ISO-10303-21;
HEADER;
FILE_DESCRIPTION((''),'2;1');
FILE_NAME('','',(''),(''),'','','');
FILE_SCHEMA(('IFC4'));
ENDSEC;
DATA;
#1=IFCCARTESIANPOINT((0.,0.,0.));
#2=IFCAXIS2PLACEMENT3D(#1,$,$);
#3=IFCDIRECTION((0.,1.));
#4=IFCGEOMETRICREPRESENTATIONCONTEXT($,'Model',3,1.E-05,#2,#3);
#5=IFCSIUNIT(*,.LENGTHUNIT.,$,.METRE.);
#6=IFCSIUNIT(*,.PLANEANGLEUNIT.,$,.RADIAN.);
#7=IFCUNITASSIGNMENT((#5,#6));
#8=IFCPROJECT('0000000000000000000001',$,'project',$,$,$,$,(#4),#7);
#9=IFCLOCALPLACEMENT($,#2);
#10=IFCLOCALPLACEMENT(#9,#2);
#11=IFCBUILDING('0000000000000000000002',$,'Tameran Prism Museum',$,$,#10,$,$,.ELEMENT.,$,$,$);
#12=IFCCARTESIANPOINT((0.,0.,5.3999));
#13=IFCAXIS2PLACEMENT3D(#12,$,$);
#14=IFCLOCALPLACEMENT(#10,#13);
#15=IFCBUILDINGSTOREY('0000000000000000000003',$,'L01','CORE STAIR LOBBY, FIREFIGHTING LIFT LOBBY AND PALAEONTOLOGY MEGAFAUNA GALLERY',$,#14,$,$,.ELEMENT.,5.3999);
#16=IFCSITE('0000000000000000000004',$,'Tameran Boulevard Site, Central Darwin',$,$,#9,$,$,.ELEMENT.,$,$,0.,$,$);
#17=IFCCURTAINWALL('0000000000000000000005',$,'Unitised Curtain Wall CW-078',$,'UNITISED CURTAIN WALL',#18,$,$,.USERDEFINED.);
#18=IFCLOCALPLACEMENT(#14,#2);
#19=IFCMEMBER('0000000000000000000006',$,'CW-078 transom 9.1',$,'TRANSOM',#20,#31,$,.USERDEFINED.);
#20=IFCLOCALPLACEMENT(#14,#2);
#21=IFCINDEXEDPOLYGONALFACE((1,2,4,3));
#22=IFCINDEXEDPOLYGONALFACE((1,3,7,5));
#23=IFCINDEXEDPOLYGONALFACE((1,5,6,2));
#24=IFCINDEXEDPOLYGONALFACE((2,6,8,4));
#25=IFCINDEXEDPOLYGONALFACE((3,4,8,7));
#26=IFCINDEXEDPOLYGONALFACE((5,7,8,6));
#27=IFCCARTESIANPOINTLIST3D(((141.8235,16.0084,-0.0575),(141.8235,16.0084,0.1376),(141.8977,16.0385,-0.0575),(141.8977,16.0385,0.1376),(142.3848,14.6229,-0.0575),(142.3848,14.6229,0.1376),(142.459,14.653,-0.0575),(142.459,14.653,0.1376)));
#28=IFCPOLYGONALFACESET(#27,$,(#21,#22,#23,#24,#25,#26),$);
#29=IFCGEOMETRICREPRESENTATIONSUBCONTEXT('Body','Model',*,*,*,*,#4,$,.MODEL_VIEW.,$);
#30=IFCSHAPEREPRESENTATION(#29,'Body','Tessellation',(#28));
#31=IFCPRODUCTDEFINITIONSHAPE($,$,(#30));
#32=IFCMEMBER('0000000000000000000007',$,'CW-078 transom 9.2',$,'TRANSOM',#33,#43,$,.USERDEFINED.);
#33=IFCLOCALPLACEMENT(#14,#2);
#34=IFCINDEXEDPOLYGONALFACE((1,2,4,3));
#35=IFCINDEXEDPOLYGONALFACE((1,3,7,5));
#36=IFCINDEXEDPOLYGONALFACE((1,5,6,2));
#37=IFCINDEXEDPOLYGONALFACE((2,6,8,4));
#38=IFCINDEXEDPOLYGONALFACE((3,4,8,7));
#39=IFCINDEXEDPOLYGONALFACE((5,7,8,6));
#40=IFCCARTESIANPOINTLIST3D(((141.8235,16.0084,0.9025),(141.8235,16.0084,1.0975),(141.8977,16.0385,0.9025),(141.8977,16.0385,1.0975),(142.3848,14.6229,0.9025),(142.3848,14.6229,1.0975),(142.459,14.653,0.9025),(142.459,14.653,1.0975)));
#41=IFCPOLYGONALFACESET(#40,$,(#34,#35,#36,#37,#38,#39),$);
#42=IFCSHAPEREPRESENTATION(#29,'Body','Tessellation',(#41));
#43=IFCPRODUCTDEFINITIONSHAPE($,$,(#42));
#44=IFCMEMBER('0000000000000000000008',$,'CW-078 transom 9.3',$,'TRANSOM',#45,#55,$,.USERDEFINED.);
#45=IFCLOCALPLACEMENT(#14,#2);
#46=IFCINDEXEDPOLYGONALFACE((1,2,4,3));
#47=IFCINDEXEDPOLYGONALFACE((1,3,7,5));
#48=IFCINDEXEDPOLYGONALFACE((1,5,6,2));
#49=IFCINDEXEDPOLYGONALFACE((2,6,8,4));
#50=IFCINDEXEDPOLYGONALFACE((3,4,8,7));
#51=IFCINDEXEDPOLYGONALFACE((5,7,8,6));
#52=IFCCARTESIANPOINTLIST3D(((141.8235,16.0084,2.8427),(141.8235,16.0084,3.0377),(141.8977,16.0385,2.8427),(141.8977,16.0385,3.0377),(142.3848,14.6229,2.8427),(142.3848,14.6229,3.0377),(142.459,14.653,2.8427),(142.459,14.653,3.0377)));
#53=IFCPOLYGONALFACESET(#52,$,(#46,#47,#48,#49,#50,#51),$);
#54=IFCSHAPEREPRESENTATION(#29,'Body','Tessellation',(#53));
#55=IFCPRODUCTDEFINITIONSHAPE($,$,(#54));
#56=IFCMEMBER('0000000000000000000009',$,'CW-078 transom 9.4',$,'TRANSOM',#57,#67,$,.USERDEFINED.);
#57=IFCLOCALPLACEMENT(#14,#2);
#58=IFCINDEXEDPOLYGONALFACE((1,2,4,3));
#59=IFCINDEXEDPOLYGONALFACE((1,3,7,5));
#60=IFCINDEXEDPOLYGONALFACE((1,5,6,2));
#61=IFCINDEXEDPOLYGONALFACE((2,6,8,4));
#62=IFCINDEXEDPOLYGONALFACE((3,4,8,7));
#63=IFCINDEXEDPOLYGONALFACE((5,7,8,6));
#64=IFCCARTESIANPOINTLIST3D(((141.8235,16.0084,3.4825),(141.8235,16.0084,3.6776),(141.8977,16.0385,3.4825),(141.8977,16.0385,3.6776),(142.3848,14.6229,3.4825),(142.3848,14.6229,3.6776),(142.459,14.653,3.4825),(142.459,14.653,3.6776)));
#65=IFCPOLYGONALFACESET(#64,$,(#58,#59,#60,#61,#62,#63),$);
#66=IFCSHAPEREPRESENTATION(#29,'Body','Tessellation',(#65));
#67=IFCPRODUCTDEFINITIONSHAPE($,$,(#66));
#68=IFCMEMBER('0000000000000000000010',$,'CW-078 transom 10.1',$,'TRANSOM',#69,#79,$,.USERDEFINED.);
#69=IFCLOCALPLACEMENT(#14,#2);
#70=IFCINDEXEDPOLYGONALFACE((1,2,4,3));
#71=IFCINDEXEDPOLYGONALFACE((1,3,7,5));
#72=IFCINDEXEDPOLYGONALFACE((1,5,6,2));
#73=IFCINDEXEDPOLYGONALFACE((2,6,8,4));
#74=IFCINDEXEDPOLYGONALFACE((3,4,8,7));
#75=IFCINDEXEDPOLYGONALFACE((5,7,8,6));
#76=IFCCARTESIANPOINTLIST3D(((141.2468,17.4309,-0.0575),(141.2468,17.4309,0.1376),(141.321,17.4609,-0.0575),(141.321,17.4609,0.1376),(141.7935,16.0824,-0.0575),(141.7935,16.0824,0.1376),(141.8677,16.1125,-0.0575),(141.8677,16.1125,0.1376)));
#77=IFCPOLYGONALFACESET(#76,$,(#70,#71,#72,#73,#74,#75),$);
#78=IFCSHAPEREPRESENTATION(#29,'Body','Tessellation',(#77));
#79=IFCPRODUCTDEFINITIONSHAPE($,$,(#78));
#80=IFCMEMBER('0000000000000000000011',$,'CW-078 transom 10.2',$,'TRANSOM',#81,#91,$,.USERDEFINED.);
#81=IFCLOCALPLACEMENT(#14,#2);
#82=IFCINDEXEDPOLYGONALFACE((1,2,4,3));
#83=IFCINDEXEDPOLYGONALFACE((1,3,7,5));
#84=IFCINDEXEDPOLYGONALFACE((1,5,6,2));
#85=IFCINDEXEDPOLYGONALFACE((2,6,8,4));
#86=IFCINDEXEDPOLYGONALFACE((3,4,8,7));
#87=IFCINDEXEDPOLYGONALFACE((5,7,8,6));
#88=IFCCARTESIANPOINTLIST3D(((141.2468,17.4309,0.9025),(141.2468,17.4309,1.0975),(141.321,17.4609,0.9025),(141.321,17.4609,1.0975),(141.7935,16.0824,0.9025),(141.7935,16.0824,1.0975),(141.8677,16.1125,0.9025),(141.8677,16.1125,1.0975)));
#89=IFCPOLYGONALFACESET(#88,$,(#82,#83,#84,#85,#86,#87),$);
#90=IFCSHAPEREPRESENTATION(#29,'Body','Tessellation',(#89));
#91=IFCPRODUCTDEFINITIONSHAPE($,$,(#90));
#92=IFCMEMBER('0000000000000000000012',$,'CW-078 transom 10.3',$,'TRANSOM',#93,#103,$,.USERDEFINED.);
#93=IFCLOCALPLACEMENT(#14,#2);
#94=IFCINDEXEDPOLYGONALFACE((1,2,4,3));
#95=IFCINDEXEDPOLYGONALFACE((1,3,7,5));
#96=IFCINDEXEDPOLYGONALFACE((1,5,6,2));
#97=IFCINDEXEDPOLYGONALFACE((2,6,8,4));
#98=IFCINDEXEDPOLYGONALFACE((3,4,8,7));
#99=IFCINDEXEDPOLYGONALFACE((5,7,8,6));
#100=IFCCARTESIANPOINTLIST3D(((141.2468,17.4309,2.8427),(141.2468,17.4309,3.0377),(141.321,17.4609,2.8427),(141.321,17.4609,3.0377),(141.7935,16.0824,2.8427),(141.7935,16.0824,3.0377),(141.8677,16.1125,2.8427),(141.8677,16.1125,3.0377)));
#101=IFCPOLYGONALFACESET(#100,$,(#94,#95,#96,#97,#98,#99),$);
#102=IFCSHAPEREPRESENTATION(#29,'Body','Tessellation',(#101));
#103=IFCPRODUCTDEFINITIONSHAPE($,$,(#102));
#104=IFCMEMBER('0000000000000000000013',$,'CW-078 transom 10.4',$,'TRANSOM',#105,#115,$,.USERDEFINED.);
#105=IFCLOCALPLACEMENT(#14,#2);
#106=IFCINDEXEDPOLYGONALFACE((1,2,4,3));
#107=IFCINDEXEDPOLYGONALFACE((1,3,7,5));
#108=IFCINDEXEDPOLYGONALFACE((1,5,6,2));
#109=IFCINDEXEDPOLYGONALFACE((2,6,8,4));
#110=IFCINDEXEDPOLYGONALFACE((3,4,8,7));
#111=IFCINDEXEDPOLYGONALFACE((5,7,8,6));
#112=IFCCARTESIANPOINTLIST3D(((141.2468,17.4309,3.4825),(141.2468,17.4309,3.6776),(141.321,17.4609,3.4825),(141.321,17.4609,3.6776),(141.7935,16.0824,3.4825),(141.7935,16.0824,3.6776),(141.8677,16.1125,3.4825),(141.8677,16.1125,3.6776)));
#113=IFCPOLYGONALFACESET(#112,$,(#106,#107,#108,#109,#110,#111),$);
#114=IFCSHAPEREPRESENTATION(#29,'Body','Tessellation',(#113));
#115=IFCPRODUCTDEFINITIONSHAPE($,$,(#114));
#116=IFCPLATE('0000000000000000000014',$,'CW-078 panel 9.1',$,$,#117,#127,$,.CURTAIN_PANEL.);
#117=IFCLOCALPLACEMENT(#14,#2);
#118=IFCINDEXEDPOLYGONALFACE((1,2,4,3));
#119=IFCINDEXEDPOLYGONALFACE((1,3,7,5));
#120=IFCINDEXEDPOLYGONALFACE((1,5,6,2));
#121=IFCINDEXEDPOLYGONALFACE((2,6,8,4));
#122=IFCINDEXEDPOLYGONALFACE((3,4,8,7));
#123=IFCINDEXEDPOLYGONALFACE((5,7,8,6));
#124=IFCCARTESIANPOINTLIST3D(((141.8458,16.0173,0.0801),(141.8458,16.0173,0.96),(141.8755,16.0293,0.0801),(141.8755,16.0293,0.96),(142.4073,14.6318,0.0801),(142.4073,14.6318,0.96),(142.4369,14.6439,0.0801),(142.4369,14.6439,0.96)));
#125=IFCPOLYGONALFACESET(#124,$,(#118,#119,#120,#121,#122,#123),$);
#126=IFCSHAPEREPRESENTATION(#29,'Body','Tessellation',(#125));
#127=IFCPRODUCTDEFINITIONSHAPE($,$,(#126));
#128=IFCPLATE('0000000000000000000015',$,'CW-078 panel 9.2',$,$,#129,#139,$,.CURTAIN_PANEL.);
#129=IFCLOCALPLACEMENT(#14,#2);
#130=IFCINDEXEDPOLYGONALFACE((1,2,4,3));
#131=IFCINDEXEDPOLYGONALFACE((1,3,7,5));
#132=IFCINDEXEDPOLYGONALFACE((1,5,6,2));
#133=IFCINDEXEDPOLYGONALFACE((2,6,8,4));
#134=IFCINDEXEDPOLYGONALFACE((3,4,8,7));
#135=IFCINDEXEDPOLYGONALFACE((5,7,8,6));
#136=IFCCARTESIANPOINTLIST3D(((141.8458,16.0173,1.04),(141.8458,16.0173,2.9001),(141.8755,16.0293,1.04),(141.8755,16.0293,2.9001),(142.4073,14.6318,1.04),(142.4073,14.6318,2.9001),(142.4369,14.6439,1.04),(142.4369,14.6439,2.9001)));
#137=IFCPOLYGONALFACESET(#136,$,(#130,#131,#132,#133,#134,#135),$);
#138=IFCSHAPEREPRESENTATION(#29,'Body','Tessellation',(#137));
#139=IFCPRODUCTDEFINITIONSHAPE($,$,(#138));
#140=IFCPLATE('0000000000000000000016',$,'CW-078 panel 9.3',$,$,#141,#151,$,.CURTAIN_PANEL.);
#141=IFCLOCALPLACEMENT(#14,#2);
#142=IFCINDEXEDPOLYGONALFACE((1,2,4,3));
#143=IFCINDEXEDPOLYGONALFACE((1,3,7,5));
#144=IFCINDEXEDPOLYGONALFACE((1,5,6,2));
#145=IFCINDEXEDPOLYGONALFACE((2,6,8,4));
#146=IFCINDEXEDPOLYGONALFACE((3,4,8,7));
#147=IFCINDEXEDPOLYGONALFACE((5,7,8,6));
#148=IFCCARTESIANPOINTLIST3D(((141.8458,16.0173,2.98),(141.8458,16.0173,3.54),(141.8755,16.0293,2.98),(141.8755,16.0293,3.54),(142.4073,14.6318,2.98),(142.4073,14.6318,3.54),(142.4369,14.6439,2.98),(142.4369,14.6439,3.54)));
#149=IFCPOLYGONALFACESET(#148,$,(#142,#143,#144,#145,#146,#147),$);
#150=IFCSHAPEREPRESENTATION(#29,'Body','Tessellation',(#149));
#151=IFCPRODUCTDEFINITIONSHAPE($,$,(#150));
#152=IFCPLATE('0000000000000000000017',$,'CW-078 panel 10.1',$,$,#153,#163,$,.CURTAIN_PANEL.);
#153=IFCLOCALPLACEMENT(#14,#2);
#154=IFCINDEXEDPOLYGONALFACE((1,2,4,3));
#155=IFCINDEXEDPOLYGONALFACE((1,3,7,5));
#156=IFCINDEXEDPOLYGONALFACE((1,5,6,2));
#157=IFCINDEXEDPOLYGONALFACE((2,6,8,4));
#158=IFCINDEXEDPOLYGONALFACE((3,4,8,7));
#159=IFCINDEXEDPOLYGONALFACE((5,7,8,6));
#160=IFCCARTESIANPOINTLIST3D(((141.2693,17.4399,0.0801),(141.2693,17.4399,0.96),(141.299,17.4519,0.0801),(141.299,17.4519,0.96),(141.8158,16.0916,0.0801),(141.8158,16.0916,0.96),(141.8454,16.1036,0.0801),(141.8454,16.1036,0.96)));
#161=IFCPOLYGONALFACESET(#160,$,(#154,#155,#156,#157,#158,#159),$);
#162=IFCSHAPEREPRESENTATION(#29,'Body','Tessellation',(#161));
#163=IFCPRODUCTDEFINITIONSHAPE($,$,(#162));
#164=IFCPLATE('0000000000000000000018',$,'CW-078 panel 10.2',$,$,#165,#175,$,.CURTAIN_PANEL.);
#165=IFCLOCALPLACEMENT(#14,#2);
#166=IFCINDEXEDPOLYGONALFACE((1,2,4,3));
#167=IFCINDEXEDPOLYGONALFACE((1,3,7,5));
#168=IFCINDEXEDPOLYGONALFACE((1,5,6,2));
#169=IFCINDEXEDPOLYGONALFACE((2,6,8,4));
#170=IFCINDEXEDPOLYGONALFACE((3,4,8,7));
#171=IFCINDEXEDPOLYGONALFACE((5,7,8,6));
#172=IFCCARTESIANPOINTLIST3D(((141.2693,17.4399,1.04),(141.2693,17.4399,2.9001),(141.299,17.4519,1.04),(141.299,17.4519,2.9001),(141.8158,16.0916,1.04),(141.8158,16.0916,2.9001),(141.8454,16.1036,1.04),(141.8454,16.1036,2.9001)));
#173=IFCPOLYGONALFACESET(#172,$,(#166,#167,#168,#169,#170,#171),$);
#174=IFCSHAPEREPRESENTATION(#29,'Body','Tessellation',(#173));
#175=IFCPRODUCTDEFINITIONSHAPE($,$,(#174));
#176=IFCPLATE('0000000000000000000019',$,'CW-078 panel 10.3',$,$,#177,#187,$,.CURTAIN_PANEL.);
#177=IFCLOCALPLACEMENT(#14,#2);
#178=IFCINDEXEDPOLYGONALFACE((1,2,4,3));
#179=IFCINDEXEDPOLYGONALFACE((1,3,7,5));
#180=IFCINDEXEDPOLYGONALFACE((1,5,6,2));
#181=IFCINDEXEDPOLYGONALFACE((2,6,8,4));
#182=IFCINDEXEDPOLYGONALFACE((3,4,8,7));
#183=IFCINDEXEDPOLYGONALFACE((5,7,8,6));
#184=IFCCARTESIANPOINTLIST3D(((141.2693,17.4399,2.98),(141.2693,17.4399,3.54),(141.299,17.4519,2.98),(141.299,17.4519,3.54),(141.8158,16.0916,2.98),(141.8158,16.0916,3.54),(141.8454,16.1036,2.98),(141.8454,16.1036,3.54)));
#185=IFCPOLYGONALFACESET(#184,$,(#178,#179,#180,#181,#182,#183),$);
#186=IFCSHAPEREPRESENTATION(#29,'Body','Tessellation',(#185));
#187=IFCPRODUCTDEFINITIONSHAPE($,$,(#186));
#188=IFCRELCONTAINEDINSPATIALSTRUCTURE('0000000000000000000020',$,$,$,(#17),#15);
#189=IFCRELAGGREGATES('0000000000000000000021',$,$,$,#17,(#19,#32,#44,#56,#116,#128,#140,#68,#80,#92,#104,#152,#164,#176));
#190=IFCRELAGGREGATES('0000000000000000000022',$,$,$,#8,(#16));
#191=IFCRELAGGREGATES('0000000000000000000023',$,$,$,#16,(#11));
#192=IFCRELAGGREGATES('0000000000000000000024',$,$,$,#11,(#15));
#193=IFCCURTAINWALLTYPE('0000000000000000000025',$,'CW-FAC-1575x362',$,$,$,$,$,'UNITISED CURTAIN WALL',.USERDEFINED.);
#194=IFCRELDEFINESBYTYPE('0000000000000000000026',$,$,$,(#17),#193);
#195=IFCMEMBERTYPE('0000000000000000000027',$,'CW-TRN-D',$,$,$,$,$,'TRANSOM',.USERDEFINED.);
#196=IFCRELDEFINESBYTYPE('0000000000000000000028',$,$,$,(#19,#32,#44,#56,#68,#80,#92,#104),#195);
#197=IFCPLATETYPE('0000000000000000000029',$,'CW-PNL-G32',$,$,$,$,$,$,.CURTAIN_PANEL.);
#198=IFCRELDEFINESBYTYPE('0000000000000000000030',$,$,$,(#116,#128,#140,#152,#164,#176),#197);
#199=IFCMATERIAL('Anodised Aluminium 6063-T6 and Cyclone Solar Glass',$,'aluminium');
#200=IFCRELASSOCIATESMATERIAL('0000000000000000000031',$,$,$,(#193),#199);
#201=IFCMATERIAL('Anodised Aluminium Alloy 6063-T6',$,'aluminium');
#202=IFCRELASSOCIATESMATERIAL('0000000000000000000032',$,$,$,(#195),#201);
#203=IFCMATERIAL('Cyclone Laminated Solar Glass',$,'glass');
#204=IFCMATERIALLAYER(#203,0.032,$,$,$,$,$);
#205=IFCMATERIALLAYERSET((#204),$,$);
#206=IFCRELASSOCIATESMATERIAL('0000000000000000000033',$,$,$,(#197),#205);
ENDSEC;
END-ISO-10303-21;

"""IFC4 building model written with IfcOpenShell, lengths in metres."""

from ifc_helpers import new_model, si_unit, direction, frame, origin, origin_2d, place, context, subcontext, project, spatial, rectangle, extrude, material, layer, layer_set, material_profile, profile_set, type_object, element, aggregate, save


model = new_model("IFC4")

# Units and contexts
model_context = context("Model", 3, precision=1e-05, world=origin(), true_north=direction((0.0, 1.0)))
body_context = subcontext(model_context, "Body", "Model", "MODEL_VIEW")
ifc_project = project(units=[si_unit("LENGTHUNIT", "METRE"), si_unit("PLANEANGLEUNIT", "RADIAN")], contexts=[model_context])

# Site, building, storey
site_placement = place(None, origin())
site = spatial("IfcSite", under=ifc_project, at=site_placement, Name="Tameran Boulevard Site, Central Darwin", CompositionType="ELEMENT", RefElevation=0.0)
building_placement = place(site_placement, origin())
building = spatial("IfcBuilding", under=site, at=building_placement, Name="Tameran Prism Museum", CompositionType="ELEMENT")
storey_placement = place(building_placement, frame((0.0, 0.0, 5.3999)))
storey = spatial("IfcBuildingStorey", under=building, at=storey_placement, Name="L01", Description="CORE STAIR LOBBY, FIREFIGHTING LIFT LOBBY AND PALAEONTOLOGY MEGAFAUNA GALLERY", CompositionType="ELEMENT", Elevation=5.3999)

# Curtain wall, members, plates
ifc_material_1 = material(Name="Anodised Aluminium 6063-T6 and Cyclone Solar Glass", Category="aluminium")
curtain_wall_type = type_object("IfcCurtainWallType", Name="CW-FAC-1575x362", ElementType="UNITISED CURTAIN WALL", PredefinedType="USERDEFINED", material=ifc_material_1)
curtain_wall_placement = place(storey_placement, origin())
curtain_wall = element("IfcCurtainWall", 1, at=curtain_wall_placement, inside=storey, type_object=curtain_wall_type, Name="Unitised Curtain Wall CW-078", ObjectType="UNITISED CURTAIN WALL", PredefinedType="USERDEFINED")
ifc_material_2 = material(Name="Anodised Aluminium Alloy 6063-T6", Category="aluminium")
ifc_material_profile_1 = material_profile(ifc_material_2, rectangle(XDim=0.0801, YDim=0.1951, at=origin_2d()))
ifc_profile_set_1 = profile_set([ifc_material_profile_1])
member_type_1 = type_object("IfcMemberType", Name="CW-TRN-D", ElementType="TRANSOM", PredefinedType="USERDEFINED", material=ifc_profile_set_1)
member_1_placement = place(storey_placement, frame((142.4219, 14.6379, 0.04), z_axis=(-0.37547, 0.926835, 0.0), x_axis=(-0.926835, -0.37547, 0.0)))
member_1 = element("IfcMember", 2, at=member_1_placement, type_object=member_type_1, Name="CW-078 transom 9.1", ObjectType="TRANSOM", PredefinedType="USERDEFINED", context=body_context, shape_type="SweptSolid", body=[
    extrude(rectangle(XDim=0.0801, YDim=0.1951, at=origin_2d()), origin(), (0.0, 0.0, 1.0), 1.4949),
])
member_2_placement = place(storey_placement, frame((142.4219, 14.6379, 1.0), z_axis=(-0.37547, 0.926835, 0.0), x_axis=(-0.926835, -0.37547, 0.0)))
member_2 = element("IfcMember", 3, at=member_2_placement, type_object=member_type_1, Name="CW-078 transom 9.2", ObjectType="TRANSOM", PredefinedType="USERDEFINED", context=body_context, shape_type="SweptSolid", body=[
    extrude(rectangle(XDim=0.0801, YDim=0.1951, at=origin_2d()), origin(), (0.0, 0.0, 1.0), 1.4949),
])
member_3_placement = place(storey_placement, frame((142.4219, 14.6379, 2.9402), z_axis=(-0.37547, 0.926835, 0.0), x_axis=(-0.926835, -0.37547, 0.0)))
member_3 = element("IfcMember", 4, at=member_3_placement, type_object=member_type_1, Name="CW-078 transom 9.3", ObjectType="TRANSOM", PredefinedType="USERDEFINED", context=body_context, shape_type="SweptSolid", body=[
    extrude(rectangle(XDim=0.0801, YDim=0.1951, at=origin_2d()), origin(), (0.0, 0.0, 1.0), 1.4949),
])
member_4_placement = place(storey_placement, frame((142.4219, 14.6379, 3.5801), z_axis=(-0.37547, 0.926835, 0.0), x_axis=(-0.926835, -0.37547, 0.0)))
member_4 = element("IfcMember", 5, at=member_4_placement, type_object=member_type_1, Name="CW-078 transom 9.4", ObjectType="TRANSOM", PredefinedType="USERDEFINED", context=body_context, shape_type="SweptSolid", body=[
    extrude(rectangle(XDim=0.0801, YDim=0.1951, at=origin_2d()), origin(), (0.0, 0.0, 1.0), 1.4949),
])
member_5_placement = place(storey_placement, frame((141.8306, 16.0974, 0.04), z_axis=(-0.375697, 0.926742, 0.0), x_axis=(-0.926742, -0.375697, 0.0)))
member_5 = element("IfcMember", 6, at=member_5_placement, type_object=member_type_1, Name="CW-078 transom 10.1", ObjectType="TRANSOM", PredefinedType="USERDEFINED", context=body_context, shape_type="SweptSolid", body=[
    extrude(rectangle(XDim=0.0801, YDim=0.1951, at=origin_2d()), origin(), (0.0, 0.0, 1.0), 1.4551),
])
member_6_placement = place(storey_placement, frame((141.8306, 16.0974, 1.0), z_axis=(-0.375697, 0.926742, 0.0), x_axis=(-0.926742, -0.375697, 0.0)))
member_6 = element("IfcMember", 7, at=member_6_placement, type_object=member_type_1, Name="CW-078 transom 10.2", ObjectType="TRANSOM", PredefinedType="USERDEFINED", context=body_context, shape_type="SweptSolid", body=[
    extrude(rectangle(XDim=0.0801, YDim=0.1951, at=origin_2d()), origin(), (0.0, 0.0, 1.0), 1.4551),
])
member_7_placement = place(storey_placement, frame((141.8306, 16.0974, 2.9402), z_axis=(-0.375697, 0.926742, 0.0), x_axis=(-0.926742, -0.375697, 0.0)))
member_7 = element("IfcMember", 8, at=member_7_placement, type_object=member_type_1, Name="CW-078 transom 10.3", ObjectType="TRANSOM", PredefinedType="USERDEFINED", context=body_context, shape_type="SweptSolid", body=[
    extrude(rectangle(XDim=0.0801, YDim=0.1951, at=origin_2d()), origin(), (0.0, 0.0, 1.0), 1.4551),
])
member_8_placement = place(storey_placement, frame((141.8306, 16.0974, 3.5801), z_axis=(-0.375697, 0.926742, 0.0), x_axis=(-0.926742, -0.375697, 0.0)))
member_8 = element("IfcMember", 9, at=member_8_placement, type_object=member_type_1, Name="CW-078 transom 10.4", ObjectType="TRANSOM", PredefinedType="USERDEFINED", context=body_context, shape_type="SweptSolid", body=[
    extrude(rectangle(XDim=0.0801, YDim=0.1951, at=origin_2d()), origin(), (0.0, 0.0, 1.0), 1.4551),
])
ifc_material_3 = material(Name="Cyclone Laminated Solar Glass", Category="glass")
ifc_layer_1 = layer(ifc_material_3, 0.032)
ifc_layer_set_1 = layer_set([ifc_layer_1])
plate_type = type_object("IfcPlateType", Name="CW-PNL-G32", PredefinedType="CURTAIN_PANEL", material=ifc_layer_set_1)
plate_1_placement = place(storey_placement, frame((142.1414, 15.3306, 0.0801), z_axis=(0.0, 0.0, 1.0), x_axis=(-0.37558, 0.92679, 0.0)))
plate_1 = element("IfcPlate", 10, at=plate_1_placement, type_object=plate_type, Name="CW-078 panel 9.1", PredefinedType="CURTAIN_PANEL", context=body_context, shape_type="SweptSolid", body=[
    extrude(rectangle(XDim=1.4949, YDim=0.032, at=origin_2d()), origin(), (0.0, 0.0, 1.0), 0.8799),
])
plate_2_placement = place(storey_placement, frame((142.1414, 15.3306, 1.04), z_axis=(0.0, 0.0, 1.0), x_axis=(-0.37558, 0.92679, 0.0)))
plate_2 = element("IfcPlate", 11, at=plate_2_placement, type_object=plate_type, Name="CW-078 panel 9.2", PredefinedType="CURTAIN_PANEL", context=body_context, shape_type="SweptSolid", body=[
    extrude(rectangle(XDim=1.4949, YDim=0.032, at=origin_2d()), origin(), (0.0, 0.0, 1.0), 1.8601),
])
plate_3_placement = place(storey_placement, frame((142.1414, 15.3306, 2.98), z_axis=(0.0, 0.0, 1.0), x_axis=(-0.37558, 0.92679, 0.0)))
plate_3 = element("IfcPlate", 12, at=plate_3_placement, type_object=plate_type, Name="CW-078 panel 9.3", PredefinedType="CURTAIN_PANEL", context=body_context, shape_type="SweptSolid", body=[
    extrude(rectangle(XDim=1.4949, YDim=0.032, at=origin_2d()), origin(), (0.0, 0.0, 1.0), 0.5601),
])
plate_4_placement = place(storey_placement, frame((141.5574, 16.7717, 0.0801), z_axis=(0.0, 0.0, 1.0), x_axis=(-0.37558, 0.92679, 0.0)))
plate_4 = element("IfcPlate", 13, at=plate_4_placement, type_object=plate_type, Name="CW-078 panel 10.1", PredefinedType="CURTAIN_PANEL", context=body_context, shape_type="SweptSolid", body=[
    extrude(rectangle(XDim=1.4548, YDim=0.032, at=origin_2d()), origin(), (0.0, 0.0, 1.0), 0.8799),
])
plate_5_placement = place(storey_placement, frame((141.5574, 16.7717, 1.04), z_axis=(0.0, 0.0, 1.0), x_axis=(-0.37558, 0.92679, 0.0)))
plate_5 = element("IfcPlate", 14, at=plate_5_placement, type_object=plate_type, Name="CW-078 panel 10.2", PredefinedType="CURTAIN_PANEL", context=body_context, shape_type="SweptSolid", body=[
    extrude(rectangle(XDim=1.4548, YDim=0.032, at=origin_2d()), origin(), (0.0, 0.0, 1.0), 1.8601),
])
plate_6_placement = place(storey_placement, frame((141.5574, 16.7717, 2.98), z_axis=(0.0, 0.0, 1.0), x_axis=(-0.37558, 0.92679, 0.0)))
plate_6 = element("IfcPlate", 15, at=plate_6_placement, type_object=plate_type, Name="CW-078 panel 10.3", PredefinedType="CURTAIN_PANEL", context=body_context, shape_type="SweptSolid", body=[
    extrude(rectangle(XDim=1.4548, YDim=0.032, at=origin_2d()), origin(), (0.0, 0.0, 1.0), 0.5601),
])
aggregate(curtain_wall, [member_1, member_2, member_3, member_4, plate_1, plate_2, plate_3, member_5, member_6, member_7, member_8, plate_4, plate_5, plate_6])

save(model, "model.ifc")
